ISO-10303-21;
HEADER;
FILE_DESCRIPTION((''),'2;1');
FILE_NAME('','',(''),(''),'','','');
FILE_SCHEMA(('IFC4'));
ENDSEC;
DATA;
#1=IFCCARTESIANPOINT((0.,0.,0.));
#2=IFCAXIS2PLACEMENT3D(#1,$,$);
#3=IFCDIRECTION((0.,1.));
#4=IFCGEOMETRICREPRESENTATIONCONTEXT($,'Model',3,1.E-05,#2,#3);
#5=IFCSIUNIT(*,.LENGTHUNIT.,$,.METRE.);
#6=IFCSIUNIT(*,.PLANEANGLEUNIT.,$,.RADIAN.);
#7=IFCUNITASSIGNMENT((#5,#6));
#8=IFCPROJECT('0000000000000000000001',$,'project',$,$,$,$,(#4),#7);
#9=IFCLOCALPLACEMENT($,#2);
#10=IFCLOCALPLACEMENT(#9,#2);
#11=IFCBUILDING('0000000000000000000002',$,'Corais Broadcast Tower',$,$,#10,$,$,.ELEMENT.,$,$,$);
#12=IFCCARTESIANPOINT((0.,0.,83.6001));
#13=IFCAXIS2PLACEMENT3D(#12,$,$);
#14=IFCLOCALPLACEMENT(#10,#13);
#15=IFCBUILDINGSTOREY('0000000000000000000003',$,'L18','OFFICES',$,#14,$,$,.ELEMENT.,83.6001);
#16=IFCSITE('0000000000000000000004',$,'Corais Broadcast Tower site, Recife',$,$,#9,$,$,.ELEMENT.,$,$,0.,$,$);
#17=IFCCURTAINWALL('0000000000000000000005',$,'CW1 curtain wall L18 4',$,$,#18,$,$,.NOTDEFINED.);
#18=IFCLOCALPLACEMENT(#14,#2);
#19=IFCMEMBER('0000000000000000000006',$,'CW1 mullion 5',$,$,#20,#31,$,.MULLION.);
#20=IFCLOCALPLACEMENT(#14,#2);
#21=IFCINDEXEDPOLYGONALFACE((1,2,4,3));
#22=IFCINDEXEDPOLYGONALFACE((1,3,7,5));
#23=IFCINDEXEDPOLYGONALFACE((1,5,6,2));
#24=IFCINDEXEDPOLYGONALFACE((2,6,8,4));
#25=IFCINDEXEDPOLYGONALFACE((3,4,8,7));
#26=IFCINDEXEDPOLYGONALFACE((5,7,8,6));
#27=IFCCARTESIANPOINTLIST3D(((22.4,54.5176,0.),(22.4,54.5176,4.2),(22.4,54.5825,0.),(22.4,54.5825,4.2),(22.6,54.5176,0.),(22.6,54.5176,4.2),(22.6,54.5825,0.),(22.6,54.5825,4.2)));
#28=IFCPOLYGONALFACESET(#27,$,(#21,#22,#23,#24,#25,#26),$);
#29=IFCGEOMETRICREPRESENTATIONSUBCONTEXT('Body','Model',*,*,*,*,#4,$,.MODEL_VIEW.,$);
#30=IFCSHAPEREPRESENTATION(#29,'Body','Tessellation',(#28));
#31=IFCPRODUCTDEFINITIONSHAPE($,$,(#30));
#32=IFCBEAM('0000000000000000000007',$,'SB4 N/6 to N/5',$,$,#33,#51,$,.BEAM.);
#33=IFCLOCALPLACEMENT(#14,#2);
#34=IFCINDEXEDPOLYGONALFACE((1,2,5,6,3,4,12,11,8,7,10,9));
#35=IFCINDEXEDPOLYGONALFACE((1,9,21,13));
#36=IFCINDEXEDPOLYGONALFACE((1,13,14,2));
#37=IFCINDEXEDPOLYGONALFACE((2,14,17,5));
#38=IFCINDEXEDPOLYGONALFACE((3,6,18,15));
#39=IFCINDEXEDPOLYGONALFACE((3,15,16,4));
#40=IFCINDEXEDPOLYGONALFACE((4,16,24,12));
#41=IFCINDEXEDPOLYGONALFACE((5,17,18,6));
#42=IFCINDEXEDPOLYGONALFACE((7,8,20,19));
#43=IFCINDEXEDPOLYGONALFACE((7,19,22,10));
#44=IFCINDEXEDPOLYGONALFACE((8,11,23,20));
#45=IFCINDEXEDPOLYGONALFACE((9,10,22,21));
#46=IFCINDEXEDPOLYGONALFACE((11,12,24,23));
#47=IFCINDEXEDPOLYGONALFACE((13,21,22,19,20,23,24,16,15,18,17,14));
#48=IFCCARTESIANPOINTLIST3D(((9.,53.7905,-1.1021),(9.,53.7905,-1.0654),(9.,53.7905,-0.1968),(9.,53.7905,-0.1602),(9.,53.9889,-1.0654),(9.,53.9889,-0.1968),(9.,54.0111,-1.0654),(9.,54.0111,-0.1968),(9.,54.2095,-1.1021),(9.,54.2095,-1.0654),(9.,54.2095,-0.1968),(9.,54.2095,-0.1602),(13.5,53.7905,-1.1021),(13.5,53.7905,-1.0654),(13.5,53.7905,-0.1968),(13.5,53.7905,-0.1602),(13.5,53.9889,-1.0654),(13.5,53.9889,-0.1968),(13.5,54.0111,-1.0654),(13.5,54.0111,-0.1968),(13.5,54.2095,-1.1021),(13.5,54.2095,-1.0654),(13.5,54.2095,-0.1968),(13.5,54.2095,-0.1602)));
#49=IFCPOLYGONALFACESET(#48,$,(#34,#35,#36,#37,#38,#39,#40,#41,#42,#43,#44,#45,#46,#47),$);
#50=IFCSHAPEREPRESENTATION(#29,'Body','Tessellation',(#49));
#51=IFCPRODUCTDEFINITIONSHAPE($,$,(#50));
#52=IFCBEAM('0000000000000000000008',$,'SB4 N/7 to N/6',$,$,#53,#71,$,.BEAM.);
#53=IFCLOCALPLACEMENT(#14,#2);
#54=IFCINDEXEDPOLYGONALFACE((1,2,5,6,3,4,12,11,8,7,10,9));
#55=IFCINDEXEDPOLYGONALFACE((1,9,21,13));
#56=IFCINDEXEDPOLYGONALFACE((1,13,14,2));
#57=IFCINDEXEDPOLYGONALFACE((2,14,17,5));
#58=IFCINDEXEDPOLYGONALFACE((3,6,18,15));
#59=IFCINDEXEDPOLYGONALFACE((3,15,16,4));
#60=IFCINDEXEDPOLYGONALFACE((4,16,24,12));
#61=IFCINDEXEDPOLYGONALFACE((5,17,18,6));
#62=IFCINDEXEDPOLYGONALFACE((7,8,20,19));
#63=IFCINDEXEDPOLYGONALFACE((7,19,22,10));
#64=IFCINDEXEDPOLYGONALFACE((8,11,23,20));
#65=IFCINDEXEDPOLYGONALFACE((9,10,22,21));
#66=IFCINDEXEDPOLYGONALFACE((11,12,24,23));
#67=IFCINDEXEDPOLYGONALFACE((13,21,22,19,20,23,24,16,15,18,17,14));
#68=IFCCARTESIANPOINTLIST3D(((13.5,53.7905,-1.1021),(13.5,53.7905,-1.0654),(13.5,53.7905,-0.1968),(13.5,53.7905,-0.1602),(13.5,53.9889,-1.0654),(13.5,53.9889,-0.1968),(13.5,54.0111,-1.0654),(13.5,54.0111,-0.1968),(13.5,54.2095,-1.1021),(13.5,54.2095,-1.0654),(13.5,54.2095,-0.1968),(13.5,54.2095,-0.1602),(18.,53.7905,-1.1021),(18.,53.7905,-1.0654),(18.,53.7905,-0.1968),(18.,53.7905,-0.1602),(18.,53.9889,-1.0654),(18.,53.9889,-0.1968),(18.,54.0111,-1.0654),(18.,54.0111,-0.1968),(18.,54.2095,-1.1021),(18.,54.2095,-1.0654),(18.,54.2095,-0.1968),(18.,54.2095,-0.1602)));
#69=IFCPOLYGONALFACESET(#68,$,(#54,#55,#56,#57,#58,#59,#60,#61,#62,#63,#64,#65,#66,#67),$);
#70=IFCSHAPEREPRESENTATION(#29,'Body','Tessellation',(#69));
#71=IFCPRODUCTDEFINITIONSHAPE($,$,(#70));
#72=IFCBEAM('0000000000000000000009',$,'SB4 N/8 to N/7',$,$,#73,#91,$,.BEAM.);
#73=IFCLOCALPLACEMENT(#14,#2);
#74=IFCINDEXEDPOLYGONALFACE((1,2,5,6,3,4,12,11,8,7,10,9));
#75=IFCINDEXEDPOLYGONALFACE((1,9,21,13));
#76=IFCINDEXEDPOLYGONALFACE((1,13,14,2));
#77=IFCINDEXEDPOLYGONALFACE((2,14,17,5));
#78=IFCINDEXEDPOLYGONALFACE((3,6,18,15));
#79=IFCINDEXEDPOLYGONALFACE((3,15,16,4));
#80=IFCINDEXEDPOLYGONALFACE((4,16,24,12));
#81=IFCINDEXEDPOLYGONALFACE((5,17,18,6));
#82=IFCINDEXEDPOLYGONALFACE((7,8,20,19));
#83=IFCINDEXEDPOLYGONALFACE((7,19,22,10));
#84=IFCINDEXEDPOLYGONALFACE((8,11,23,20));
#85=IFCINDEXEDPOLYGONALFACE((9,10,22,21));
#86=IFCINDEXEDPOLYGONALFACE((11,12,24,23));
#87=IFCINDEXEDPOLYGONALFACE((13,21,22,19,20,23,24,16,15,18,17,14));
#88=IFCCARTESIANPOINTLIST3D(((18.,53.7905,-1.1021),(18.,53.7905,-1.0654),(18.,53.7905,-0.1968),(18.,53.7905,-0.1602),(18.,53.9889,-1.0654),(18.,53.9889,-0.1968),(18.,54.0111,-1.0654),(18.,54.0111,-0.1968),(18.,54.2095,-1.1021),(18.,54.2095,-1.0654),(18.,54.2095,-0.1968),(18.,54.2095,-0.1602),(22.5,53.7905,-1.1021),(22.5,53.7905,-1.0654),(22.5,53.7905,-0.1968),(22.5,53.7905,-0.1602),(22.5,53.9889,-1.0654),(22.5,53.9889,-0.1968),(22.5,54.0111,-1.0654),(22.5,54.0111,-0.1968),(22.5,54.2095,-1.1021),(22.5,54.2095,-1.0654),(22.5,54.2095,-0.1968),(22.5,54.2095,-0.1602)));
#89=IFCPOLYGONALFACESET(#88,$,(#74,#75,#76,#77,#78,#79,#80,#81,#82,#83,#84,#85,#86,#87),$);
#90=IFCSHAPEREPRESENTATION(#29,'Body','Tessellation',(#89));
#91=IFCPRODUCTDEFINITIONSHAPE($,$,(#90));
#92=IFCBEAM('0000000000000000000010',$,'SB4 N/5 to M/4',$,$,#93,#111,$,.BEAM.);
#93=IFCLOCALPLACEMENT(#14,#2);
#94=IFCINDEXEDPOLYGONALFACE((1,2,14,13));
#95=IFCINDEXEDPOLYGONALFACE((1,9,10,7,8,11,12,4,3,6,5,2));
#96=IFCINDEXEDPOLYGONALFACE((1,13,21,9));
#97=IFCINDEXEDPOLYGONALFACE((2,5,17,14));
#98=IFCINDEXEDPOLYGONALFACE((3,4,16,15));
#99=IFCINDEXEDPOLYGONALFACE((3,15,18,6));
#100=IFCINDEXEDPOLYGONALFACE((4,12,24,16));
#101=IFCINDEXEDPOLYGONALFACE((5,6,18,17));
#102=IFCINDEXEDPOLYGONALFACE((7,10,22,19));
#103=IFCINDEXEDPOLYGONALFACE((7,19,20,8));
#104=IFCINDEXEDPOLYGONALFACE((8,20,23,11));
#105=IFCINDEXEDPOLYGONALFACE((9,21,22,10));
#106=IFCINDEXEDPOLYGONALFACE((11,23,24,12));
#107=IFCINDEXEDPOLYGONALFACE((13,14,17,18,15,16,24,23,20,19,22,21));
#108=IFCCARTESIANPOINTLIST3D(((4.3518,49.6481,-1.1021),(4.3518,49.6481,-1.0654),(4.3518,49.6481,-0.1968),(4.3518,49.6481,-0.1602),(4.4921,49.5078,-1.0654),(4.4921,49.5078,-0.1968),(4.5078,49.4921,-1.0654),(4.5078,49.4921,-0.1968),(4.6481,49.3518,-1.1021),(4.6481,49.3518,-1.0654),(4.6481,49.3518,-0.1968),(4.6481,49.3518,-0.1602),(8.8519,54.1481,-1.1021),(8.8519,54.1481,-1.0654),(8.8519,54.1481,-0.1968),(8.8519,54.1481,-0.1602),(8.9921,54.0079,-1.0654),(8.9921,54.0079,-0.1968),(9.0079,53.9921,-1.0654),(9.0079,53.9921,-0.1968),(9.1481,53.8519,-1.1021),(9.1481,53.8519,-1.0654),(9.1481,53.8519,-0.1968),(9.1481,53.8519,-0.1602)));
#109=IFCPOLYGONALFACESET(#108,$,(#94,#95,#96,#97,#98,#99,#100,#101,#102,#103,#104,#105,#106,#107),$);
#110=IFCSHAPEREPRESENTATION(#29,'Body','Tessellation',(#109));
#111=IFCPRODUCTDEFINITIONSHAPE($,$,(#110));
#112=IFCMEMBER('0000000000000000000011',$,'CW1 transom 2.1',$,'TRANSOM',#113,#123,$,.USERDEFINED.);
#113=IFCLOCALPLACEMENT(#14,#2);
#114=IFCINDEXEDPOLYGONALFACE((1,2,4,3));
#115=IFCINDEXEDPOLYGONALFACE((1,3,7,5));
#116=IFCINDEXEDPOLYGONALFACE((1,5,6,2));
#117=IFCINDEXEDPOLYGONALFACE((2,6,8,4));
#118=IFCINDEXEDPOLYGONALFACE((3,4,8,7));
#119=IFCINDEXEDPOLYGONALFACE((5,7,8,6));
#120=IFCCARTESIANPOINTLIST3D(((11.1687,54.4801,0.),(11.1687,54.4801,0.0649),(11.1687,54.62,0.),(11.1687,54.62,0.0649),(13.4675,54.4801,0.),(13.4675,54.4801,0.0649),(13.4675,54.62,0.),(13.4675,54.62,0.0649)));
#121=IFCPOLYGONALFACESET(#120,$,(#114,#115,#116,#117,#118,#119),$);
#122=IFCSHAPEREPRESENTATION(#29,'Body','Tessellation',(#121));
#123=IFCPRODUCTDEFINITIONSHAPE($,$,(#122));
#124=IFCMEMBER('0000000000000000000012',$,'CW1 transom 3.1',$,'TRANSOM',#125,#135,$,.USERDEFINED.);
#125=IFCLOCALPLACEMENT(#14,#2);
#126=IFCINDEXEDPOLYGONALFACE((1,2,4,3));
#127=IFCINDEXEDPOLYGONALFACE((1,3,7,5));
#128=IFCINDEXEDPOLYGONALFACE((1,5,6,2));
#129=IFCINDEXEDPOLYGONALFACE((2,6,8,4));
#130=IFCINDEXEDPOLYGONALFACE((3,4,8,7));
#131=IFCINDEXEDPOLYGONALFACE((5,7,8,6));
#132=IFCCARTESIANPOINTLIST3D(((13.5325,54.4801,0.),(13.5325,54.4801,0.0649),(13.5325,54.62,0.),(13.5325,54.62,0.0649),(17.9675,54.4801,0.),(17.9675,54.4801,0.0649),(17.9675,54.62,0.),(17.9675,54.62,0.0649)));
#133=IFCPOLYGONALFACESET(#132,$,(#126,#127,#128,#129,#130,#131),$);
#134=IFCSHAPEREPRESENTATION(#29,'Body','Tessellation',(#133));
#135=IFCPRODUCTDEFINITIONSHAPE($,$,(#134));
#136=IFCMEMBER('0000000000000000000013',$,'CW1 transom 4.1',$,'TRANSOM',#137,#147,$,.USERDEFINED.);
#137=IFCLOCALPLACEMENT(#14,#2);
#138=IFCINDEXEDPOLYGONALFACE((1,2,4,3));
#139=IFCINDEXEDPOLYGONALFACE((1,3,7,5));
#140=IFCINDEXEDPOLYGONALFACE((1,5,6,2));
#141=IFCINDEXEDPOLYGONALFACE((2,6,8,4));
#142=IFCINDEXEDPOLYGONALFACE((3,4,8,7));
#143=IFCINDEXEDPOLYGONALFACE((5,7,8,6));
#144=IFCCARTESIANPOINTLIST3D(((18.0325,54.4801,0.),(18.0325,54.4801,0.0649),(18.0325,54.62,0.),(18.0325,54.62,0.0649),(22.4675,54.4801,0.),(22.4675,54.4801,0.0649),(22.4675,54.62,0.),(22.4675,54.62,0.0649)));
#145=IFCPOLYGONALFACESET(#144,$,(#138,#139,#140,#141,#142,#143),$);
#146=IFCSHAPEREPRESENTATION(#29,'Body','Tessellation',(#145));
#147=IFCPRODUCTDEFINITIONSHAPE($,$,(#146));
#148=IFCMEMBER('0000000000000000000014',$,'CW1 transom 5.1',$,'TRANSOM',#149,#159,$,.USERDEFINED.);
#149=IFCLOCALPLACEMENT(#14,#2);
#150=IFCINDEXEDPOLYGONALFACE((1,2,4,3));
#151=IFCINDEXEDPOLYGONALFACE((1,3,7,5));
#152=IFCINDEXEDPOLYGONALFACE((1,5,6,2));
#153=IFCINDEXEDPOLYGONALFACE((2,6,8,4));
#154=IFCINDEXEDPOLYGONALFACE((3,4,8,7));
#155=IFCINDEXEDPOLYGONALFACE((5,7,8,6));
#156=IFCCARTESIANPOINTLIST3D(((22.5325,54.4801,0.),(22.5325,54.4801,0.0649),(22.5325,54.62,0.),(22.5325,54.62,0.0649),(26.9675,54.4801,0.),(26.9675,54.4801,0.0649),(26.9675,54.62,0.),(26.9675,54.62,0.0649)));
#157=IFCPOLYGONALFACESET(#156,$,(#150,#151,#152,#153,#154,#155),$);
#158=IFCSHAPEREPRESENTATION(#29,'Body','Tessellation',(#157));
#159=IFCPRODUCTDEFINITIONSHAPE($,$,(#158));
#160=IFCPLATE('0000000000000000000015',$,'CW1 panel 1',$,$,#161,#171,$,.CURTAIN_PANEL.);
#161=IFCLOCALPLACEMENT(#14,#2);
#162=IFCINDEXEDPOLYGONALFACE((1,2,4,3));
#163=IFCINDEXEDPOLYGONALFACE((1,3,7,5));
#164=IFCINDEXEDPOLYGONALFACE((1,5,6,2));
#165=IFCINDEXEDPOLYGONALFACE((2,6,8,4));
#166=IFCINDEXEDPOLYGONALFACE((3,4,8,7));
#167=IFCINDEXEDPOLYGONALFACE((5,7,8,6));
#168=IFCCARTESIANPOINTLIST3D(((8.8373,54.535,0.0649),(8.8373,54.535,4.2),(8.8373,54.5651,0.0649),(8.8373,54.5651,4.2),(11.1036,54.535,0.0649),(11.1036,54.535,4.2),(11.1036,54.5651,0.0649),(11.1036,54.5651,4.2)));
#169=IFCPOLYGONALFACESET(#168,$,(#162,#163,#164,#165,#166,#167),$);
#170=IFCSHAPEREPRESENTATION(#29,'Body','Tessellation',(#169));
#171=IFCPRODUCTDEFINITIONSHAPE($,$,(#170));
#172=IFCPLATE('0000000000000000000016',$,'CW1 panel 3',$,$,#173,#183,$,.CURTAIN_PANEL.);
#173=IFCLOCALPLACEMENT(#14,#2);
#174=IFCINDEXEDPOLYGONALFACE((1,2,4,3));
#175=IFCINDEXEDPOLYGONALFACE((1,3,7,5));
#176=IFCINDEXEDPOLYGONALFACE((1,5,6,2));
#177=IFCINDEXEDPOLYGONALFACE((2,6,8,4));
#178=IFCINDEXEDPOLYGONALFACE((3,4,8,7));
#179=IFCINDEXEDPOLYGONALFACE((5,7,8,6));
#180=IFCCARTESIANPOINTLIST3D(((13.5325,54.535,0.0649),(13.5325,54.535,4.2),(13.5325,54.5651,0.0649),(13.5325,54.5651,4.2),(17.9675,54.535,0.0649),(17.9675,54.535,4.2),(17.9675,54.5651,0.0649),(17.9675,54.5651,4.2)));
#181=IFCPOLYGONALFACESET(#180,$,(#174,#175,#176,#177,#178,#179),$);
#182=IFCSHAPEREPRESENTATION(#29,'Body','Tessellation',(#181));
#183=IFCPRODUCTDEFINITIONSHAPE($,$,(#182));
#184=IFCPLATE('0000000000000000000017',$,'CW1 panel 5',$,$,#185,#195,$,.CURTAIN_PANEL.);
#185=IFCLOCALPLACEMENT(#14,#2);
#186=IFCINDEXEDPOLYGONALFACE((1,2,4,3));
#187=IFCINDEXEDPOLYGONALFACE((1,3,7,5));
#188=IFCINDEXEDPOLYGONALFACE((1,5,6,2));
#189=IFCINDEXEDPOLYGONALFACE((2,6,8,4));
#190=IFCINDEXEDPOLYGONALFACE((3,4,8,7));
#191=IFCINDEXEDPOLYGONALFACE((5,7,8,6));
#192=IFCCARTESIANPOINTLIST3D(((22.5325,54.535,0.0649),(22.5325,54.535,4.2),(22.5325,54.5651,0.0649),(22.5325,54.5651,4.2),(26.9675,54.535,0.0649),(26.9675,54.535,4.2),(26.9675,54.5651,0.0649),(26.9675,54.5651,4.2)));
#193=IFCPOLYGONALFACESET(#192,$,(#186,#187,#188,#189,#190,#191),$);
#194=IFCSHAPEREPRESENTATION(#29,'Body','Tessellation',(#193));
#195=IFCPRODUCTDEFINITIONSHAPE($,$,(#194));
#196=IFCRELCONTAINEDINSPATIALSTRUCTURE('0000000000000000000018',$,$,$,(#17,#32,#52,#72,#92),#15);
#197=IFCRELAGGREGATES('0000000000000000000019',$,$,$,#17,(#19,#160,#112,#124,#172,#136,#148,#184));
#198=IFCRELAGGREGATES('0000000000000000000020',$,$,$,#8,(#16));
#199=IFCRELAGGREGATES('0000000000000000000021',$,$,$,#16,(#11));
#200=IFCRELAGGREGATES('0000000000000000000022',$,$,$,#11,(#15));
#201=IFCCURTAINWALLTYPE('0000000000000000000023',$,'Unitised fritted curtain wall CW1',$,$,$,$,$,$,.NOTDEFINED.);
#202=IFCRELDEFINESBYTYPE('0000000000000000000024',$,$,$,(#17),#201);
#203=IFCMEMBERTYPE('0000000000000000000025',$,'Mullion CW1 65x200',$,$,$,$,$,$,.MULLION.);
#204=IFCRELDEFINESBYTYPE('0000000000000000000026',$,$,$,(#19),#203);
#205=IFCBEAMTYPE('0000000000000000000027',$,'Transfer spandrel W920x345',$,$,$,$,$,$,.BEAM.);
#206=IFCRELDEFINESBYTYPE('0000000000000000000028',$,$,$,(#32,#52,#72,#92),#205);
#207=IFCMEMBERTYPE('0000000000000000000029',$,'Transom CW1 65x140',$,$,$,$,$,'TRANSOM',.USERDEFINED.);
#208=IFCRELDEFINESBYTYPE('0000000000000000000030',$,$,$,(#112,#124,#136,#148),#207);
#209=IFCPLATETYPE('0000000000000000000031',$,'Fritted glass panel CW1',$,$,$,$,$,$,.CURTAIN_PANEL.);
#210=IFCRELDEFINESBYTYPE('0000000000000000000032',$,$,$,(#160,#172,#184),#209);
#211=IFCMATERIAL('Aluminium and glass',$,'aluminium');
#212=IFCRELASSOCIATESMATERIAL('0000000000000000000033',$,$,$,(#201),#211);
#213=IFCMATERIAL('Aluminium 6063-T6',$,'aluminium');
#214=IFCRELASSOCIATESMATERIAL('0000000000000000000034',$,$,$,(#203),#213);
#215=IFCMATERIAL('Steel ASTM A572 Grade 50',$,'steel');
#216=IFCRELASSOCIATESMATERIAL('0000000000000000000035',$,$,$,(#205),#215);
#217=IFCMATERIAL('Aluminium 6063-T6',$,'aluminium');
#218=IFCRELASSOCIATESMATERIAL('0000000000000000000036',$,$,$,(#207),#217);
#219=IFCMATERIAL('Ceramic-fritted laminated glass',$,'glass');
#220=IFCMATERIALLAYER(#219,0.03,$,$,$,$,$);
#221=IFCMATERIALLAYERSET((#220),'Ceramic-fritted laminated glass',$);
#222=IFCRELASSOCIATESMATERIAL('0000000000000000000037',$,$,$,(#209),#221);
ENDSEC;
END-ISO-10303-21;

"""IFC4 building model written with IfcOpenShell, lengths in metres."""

from ifc_helpers import new_model, si_unit, direction, frame, origin, origin_2d, place, context, subcontext, project, spatial, rectangle, i_section, extrude, material, layer, layer_set, material_profile, profile_set, type_object, element, aggregate, save


model = new_model("IFC4")

# Units and contexts
model_context = context("Model", 3, precision=1e-05, world=origin(), true_north=direction((0.0, 1.0)))
body_context = subcontext(model_context, "Body", "Model", "MODEL_VIEW")
ifc_project = project(units=[si_unit("LENGTHUNIT", "METRE"), si_unit("PLANEANGLEUNIT", "RADIAN")], contexts=[model_context])

# Site, building, storey
site_placement = place(None, origin())
site = spatial("IfcSite", under=ifc_project, at=site_placement, Name="Corais Broadcast Tower site, Recife", CompositionType="ELEMENT", RefElevation=0.0)
building_placement = place(site_placement, origin())
building = spatial("IfcBuilding", under=site, at=building_placement, Name="Corais Broadcast Tower", CompositionType="ELEMENT")
storey_placement = place(building_placement, frame((0.0, 0.0, 83.6001)))
storey = spatial("IfcBuildingStorey", under=building, at=storey_placement, Name="L18", Description="OFFICES", CompositionType="ELEMENT", Elevation=83.6001)

# Curtain wall, member
ifc_material_1 = material(Name="Aluminium and glass", Category="aluminium")
curtain_wall_type = type_object("IfcCurtainWallType", Name="Unitised fritted curtain wall CW1", PredefinedType="NOTDEFINED", material=ifc_material_1)
curtain_wall_placement = place(storey_placement, origin())
curtain_wall = element("IfcCurtainWall", 1, at=curtain_wall_placement, inside=storey, type_object=curtain_wall_type, Name="CW1 curtain wall L18 4", PredefinedType="NOTDEFINED")
ifc_material_2 = material(Name="Aluminium 6063-T6", Category="aluminium")
ifc_material_profile_1 = material_profile(ifc_material_2, rectangle(XDim=0.0649, YDim=0.2, at=origin_2d()), Name="Mullion CW1 65x200")
ifc_profile_set_1 = profile_set([ifc_material_profile_1], Name="Aluminium 6063-T6")
member_type_1 = type_object("IfcMemberType", Name="Mullion CW1 65x200", PredefinedType="MULLION", material=ifc_profile_set_1)
member_1_placement = place(storey_placement, frame((22.5, 54.55, 0.0), z_axis=(0.0, 0.0, 1.0), x_axis=(0.0, 1.0, 0.0)))
member_1 = element("IfcMember", 2, at=member_1_placement, type_object=member_type_1, Name="CW1 mullion 5", PredefinedType="MULLION", context=body_context, shape_type="SweptSolid", body=[
    extrude(rectangle(XDim=0.0649, YDim=0.2, at=origin_2d()), origin(), (0.0, 0.0, 1.0), 4.2),
])

# Beams
ifc_material_3 = material(Name="Steel ASTM A572 Grade 50", Category="steel")
ifc_material_profile_2 = material_profile(ifc_material_3, i_section(OverallWidth=0.4189, OverallDepth=0.9419, WebThickness=0.0222, FlangeThickness=0.0366, at=origin_2d()), Name="W920x345")
ifc_profile_set_2 = profile_set([ifc_material_profile_2], Name="Steel ASTM A572 Grade 50")
beam_type_1 = type_object("IfcBeamType", Name="Transfer spandrel W920x345", PredefinedType="BEAM", material=ifc_profile_set_2)
for number, where, z_axis, x_axis, name in (
    (3, (13.5, 54.0, -0.6311), (-1.0, 0.0, 0.0), (0.0, -1.0, 0.0), "SB4 N/6 to N/5"),
    (4, (18.0, 54.0, -0.6311), (-1.0, 0.0, 0.0), (0.0, -1.0, 0.0), "SB4 N/7 to N/6"),
    (5, (22.5, 54.0, -0.6311), (-1.0, 0.0, 0.0), (0.0, -1.0, 0.0), "SB4 N/8 to N/7"),
):
    element("IfcBeam", number, at=place(storey_placement, frame(where, z_axis=z_axis, x_axis=x_axis)), inside=storey, type_object=beam_type_1, Name=name, PredefinedType="BEAM", context=body_context, shape_type="SweptSolid", body=[
        extrude(i_section(OverallWidth=0.4189, OverallDepth=0.9419, WebThickness=0.0222, FlangeThickness=0.0366, at=origin_2d()), origin(), (0.0, 0.0, 1.0), 4.5),
    ])
beam_1_placement = place(storey_placement, frame((9.0, 54.0, -0.6311), z_axis=(-0.707107, -0.707107, 0.0), x_axis=(0.707107, -0.707107, 0.0)))
element("IfcBeam", 6, at=beam_1_placement, inside=storey, type_object=beam_type_1, Name="SB4 N/5 to M/4", PredefinedType="BEAM", context=body_context, shape_type="SweptSolid", body=[
    extrude(i_section(OverallWidth=0.4189, OverallDepth=0.9419, WebThickness=0.0222, FlangeThickness=0.0366, at=origin_2d()), origin(), (0.0, 0.0, 1.0), 6.364),
])

# Members
ifc_material_4 = material(Name="Aluminium 6063-T6", Category="aluminium")
ifc_material_profile_3 = material_profile(ifc_material_4, rectangle(XDim=0.1399, YDim=0.0649, at=origin_2d()), Name="Transom CW1 65x140")
ifc_profile_set_3 = profile_set([ifc_material_profile_3], Name="Aluminium 6063-T6")
member_type_2 = type_object("IfcMemberType", Name="Transom CW1 65x140", ElementType="TRANSOM", PredefinedType="USERDEFINED", material=ifc_profile_set_3)
member_2_placement = place(storey_placement, frame((11.1687, 54.55, 0.0325), z_axis=(1.0, 0.0, 0.0), x_axis=(0.0, 1.0, 0.0)))
member_2 = element("IfcMember", 7, at=member_2_placement, type_object=member_type_2, Name="CW1 transom 2.1", ObjectType="TRANSOM", PredefinedType="USERDEFINED", context=body_context, shape_type="SweptSolid", body=[
    extrude(rectangle(XDim=0.1399, YDim=0.0649, at=origin_2d()), origin(), (0.0, 0.0, 1.0), 2.2988),
])
member_3_placement = place(storey_placement, frame((13.5325, 54.55, 0.0325), z_axis=(1.0, 0.0, 0.0), x_axis=(0.0, 1.0, 0.0)))
member_3 = element("IfcMember", 8, at=member_3_placement, type_object=member_type_2, Name="CW1 transom 3.1", ObjectType="TRANSOM", PredefinedType="USERDEFINED", context=body_context, shape_type="SweptSolid", body=[
    extrude(rectangle(XDim=0.1399, YDim=0.0649, at=origin_2d()), origin(), (0.0, 0.0, 1.0), 4.4351),
])
member_4_placement = place(storey_placement, frame((18.0325, 54.55, 0.0325), z_axis=(1.0, 0.0, 0.0), x_axis=(0.0, 1.0, 0.0)))
member_4 = element("IfcMember", 9, at=member_4_placement, type_object=member_type_2, Name="CW1 transom 4.1", ObjectType="TRANSOM", PredefinedType="USERDEFINED", context=body_context, shape_type="SweptSolid", body=[
    extrude(rectangle(XDim=0.1399, YDim=0.0649, at=origin_2d()), origin(), (0.0, 0.0, 1.0), 4.4351),
])
member_5_placement = place(storey_placement, frame((22.5325, 54.55, 0.0325), z_axis=(1.0, 0.0, 0.0), x_axis=(0.0, 1.0, 0.0)))
member_5 = element("IfcMember", 10, at=member_5_placement, type_object=member_type_2, Name="CW1 transom 5.1", ObjectType="TRANSOM", PredefinedType="USERDEFINED", context=body_context, shape_type="SweptSolid", body=[
    extrude(rectangle(XDim=0.1399, YDim=0.0649, at=origin_2d()), origin(), (0.0, 0.0, 1.0), 4.4351),
])

# Plates
ifc_material_5 = material(Name="Ceramic-fritted laminated glass", Category="glass")
ifc_layer_1 = layer(ifc_material_5, 0.03)
ifc_layer_set_1 = layer_set([ifc_layer_1], Name="Ceramic-fritted laminated glass")
plate_type_1 = type_object("IfcPlateType", Name="Fritted glass panel CW1", PredefinedType="CURTAIN_PANEL", material=ifc_layer_set_1)
plate_1_placement = place(storey_placement, frame((9.9705, 54.55, 0.0649), z_axis=(0.0, 0.0, 1.0), x_axis=(1.0, 0.0, 0.0)))
plate_1 = element("IfcPlate", 11, at=plate_1_placement, type_object=plate_type_1, Name="CW1 panel 1", PredefinedType="CURTAIN_PANEL", context=body_context, shape_type="SweptSolid", body=[
    extrude(rectangle(XDim=2.2664, YDim=0.03, at=origin_2d()), origin(), (0.0, 0.0, 1.0), 4.135),
])
plate_2_placement = place(storey_placement, frame((15.75, 54.55, 0.0649), z_axis=(0.0, 0.0, 1.0), x_axis=(1.0, 0.0, 0.0)))
plate_2 = element("IfcPlate", 12, at=plate_2_placement, type_object=plate_type_1, Name="CW1 panel 3", PredefinedType="CURTAIN_PANEL", context=body_context, shape_type="SweptSolid", body=[
    extrude(rectangle(XDim=4.4351, YDim=0.03, at=origin_2d()), origin(), (0.0, 0.0, 1.0), 4.135),
])
plate_3_placement = place(storey_placement, frame((24.75, 54.55, 0.0649), z_axis=(0.0, 0.0, 1.0), x_axis=(1.0, 0.0, 0.0)))
plate_3 = element("IfcPlate", 13, at=plate_3_placement, type_object=plate_type_1, Name="CW1 panel 5", PredefinedType="CURTAIN_PANEL", context=body_context, shape_type="SweptSolid", body=[
    extrude(rectangle(XDim=4.4351, YDim=0.03, at=origin_2d()), origin(), (0.0, 0.0, 1.0), 4.135),
])
aggregate(curtain_wall, [member_1, plate_1, member_2, member_3, plate_2, member_4, member_5, plate_3])

save(model, "model.ifc")
